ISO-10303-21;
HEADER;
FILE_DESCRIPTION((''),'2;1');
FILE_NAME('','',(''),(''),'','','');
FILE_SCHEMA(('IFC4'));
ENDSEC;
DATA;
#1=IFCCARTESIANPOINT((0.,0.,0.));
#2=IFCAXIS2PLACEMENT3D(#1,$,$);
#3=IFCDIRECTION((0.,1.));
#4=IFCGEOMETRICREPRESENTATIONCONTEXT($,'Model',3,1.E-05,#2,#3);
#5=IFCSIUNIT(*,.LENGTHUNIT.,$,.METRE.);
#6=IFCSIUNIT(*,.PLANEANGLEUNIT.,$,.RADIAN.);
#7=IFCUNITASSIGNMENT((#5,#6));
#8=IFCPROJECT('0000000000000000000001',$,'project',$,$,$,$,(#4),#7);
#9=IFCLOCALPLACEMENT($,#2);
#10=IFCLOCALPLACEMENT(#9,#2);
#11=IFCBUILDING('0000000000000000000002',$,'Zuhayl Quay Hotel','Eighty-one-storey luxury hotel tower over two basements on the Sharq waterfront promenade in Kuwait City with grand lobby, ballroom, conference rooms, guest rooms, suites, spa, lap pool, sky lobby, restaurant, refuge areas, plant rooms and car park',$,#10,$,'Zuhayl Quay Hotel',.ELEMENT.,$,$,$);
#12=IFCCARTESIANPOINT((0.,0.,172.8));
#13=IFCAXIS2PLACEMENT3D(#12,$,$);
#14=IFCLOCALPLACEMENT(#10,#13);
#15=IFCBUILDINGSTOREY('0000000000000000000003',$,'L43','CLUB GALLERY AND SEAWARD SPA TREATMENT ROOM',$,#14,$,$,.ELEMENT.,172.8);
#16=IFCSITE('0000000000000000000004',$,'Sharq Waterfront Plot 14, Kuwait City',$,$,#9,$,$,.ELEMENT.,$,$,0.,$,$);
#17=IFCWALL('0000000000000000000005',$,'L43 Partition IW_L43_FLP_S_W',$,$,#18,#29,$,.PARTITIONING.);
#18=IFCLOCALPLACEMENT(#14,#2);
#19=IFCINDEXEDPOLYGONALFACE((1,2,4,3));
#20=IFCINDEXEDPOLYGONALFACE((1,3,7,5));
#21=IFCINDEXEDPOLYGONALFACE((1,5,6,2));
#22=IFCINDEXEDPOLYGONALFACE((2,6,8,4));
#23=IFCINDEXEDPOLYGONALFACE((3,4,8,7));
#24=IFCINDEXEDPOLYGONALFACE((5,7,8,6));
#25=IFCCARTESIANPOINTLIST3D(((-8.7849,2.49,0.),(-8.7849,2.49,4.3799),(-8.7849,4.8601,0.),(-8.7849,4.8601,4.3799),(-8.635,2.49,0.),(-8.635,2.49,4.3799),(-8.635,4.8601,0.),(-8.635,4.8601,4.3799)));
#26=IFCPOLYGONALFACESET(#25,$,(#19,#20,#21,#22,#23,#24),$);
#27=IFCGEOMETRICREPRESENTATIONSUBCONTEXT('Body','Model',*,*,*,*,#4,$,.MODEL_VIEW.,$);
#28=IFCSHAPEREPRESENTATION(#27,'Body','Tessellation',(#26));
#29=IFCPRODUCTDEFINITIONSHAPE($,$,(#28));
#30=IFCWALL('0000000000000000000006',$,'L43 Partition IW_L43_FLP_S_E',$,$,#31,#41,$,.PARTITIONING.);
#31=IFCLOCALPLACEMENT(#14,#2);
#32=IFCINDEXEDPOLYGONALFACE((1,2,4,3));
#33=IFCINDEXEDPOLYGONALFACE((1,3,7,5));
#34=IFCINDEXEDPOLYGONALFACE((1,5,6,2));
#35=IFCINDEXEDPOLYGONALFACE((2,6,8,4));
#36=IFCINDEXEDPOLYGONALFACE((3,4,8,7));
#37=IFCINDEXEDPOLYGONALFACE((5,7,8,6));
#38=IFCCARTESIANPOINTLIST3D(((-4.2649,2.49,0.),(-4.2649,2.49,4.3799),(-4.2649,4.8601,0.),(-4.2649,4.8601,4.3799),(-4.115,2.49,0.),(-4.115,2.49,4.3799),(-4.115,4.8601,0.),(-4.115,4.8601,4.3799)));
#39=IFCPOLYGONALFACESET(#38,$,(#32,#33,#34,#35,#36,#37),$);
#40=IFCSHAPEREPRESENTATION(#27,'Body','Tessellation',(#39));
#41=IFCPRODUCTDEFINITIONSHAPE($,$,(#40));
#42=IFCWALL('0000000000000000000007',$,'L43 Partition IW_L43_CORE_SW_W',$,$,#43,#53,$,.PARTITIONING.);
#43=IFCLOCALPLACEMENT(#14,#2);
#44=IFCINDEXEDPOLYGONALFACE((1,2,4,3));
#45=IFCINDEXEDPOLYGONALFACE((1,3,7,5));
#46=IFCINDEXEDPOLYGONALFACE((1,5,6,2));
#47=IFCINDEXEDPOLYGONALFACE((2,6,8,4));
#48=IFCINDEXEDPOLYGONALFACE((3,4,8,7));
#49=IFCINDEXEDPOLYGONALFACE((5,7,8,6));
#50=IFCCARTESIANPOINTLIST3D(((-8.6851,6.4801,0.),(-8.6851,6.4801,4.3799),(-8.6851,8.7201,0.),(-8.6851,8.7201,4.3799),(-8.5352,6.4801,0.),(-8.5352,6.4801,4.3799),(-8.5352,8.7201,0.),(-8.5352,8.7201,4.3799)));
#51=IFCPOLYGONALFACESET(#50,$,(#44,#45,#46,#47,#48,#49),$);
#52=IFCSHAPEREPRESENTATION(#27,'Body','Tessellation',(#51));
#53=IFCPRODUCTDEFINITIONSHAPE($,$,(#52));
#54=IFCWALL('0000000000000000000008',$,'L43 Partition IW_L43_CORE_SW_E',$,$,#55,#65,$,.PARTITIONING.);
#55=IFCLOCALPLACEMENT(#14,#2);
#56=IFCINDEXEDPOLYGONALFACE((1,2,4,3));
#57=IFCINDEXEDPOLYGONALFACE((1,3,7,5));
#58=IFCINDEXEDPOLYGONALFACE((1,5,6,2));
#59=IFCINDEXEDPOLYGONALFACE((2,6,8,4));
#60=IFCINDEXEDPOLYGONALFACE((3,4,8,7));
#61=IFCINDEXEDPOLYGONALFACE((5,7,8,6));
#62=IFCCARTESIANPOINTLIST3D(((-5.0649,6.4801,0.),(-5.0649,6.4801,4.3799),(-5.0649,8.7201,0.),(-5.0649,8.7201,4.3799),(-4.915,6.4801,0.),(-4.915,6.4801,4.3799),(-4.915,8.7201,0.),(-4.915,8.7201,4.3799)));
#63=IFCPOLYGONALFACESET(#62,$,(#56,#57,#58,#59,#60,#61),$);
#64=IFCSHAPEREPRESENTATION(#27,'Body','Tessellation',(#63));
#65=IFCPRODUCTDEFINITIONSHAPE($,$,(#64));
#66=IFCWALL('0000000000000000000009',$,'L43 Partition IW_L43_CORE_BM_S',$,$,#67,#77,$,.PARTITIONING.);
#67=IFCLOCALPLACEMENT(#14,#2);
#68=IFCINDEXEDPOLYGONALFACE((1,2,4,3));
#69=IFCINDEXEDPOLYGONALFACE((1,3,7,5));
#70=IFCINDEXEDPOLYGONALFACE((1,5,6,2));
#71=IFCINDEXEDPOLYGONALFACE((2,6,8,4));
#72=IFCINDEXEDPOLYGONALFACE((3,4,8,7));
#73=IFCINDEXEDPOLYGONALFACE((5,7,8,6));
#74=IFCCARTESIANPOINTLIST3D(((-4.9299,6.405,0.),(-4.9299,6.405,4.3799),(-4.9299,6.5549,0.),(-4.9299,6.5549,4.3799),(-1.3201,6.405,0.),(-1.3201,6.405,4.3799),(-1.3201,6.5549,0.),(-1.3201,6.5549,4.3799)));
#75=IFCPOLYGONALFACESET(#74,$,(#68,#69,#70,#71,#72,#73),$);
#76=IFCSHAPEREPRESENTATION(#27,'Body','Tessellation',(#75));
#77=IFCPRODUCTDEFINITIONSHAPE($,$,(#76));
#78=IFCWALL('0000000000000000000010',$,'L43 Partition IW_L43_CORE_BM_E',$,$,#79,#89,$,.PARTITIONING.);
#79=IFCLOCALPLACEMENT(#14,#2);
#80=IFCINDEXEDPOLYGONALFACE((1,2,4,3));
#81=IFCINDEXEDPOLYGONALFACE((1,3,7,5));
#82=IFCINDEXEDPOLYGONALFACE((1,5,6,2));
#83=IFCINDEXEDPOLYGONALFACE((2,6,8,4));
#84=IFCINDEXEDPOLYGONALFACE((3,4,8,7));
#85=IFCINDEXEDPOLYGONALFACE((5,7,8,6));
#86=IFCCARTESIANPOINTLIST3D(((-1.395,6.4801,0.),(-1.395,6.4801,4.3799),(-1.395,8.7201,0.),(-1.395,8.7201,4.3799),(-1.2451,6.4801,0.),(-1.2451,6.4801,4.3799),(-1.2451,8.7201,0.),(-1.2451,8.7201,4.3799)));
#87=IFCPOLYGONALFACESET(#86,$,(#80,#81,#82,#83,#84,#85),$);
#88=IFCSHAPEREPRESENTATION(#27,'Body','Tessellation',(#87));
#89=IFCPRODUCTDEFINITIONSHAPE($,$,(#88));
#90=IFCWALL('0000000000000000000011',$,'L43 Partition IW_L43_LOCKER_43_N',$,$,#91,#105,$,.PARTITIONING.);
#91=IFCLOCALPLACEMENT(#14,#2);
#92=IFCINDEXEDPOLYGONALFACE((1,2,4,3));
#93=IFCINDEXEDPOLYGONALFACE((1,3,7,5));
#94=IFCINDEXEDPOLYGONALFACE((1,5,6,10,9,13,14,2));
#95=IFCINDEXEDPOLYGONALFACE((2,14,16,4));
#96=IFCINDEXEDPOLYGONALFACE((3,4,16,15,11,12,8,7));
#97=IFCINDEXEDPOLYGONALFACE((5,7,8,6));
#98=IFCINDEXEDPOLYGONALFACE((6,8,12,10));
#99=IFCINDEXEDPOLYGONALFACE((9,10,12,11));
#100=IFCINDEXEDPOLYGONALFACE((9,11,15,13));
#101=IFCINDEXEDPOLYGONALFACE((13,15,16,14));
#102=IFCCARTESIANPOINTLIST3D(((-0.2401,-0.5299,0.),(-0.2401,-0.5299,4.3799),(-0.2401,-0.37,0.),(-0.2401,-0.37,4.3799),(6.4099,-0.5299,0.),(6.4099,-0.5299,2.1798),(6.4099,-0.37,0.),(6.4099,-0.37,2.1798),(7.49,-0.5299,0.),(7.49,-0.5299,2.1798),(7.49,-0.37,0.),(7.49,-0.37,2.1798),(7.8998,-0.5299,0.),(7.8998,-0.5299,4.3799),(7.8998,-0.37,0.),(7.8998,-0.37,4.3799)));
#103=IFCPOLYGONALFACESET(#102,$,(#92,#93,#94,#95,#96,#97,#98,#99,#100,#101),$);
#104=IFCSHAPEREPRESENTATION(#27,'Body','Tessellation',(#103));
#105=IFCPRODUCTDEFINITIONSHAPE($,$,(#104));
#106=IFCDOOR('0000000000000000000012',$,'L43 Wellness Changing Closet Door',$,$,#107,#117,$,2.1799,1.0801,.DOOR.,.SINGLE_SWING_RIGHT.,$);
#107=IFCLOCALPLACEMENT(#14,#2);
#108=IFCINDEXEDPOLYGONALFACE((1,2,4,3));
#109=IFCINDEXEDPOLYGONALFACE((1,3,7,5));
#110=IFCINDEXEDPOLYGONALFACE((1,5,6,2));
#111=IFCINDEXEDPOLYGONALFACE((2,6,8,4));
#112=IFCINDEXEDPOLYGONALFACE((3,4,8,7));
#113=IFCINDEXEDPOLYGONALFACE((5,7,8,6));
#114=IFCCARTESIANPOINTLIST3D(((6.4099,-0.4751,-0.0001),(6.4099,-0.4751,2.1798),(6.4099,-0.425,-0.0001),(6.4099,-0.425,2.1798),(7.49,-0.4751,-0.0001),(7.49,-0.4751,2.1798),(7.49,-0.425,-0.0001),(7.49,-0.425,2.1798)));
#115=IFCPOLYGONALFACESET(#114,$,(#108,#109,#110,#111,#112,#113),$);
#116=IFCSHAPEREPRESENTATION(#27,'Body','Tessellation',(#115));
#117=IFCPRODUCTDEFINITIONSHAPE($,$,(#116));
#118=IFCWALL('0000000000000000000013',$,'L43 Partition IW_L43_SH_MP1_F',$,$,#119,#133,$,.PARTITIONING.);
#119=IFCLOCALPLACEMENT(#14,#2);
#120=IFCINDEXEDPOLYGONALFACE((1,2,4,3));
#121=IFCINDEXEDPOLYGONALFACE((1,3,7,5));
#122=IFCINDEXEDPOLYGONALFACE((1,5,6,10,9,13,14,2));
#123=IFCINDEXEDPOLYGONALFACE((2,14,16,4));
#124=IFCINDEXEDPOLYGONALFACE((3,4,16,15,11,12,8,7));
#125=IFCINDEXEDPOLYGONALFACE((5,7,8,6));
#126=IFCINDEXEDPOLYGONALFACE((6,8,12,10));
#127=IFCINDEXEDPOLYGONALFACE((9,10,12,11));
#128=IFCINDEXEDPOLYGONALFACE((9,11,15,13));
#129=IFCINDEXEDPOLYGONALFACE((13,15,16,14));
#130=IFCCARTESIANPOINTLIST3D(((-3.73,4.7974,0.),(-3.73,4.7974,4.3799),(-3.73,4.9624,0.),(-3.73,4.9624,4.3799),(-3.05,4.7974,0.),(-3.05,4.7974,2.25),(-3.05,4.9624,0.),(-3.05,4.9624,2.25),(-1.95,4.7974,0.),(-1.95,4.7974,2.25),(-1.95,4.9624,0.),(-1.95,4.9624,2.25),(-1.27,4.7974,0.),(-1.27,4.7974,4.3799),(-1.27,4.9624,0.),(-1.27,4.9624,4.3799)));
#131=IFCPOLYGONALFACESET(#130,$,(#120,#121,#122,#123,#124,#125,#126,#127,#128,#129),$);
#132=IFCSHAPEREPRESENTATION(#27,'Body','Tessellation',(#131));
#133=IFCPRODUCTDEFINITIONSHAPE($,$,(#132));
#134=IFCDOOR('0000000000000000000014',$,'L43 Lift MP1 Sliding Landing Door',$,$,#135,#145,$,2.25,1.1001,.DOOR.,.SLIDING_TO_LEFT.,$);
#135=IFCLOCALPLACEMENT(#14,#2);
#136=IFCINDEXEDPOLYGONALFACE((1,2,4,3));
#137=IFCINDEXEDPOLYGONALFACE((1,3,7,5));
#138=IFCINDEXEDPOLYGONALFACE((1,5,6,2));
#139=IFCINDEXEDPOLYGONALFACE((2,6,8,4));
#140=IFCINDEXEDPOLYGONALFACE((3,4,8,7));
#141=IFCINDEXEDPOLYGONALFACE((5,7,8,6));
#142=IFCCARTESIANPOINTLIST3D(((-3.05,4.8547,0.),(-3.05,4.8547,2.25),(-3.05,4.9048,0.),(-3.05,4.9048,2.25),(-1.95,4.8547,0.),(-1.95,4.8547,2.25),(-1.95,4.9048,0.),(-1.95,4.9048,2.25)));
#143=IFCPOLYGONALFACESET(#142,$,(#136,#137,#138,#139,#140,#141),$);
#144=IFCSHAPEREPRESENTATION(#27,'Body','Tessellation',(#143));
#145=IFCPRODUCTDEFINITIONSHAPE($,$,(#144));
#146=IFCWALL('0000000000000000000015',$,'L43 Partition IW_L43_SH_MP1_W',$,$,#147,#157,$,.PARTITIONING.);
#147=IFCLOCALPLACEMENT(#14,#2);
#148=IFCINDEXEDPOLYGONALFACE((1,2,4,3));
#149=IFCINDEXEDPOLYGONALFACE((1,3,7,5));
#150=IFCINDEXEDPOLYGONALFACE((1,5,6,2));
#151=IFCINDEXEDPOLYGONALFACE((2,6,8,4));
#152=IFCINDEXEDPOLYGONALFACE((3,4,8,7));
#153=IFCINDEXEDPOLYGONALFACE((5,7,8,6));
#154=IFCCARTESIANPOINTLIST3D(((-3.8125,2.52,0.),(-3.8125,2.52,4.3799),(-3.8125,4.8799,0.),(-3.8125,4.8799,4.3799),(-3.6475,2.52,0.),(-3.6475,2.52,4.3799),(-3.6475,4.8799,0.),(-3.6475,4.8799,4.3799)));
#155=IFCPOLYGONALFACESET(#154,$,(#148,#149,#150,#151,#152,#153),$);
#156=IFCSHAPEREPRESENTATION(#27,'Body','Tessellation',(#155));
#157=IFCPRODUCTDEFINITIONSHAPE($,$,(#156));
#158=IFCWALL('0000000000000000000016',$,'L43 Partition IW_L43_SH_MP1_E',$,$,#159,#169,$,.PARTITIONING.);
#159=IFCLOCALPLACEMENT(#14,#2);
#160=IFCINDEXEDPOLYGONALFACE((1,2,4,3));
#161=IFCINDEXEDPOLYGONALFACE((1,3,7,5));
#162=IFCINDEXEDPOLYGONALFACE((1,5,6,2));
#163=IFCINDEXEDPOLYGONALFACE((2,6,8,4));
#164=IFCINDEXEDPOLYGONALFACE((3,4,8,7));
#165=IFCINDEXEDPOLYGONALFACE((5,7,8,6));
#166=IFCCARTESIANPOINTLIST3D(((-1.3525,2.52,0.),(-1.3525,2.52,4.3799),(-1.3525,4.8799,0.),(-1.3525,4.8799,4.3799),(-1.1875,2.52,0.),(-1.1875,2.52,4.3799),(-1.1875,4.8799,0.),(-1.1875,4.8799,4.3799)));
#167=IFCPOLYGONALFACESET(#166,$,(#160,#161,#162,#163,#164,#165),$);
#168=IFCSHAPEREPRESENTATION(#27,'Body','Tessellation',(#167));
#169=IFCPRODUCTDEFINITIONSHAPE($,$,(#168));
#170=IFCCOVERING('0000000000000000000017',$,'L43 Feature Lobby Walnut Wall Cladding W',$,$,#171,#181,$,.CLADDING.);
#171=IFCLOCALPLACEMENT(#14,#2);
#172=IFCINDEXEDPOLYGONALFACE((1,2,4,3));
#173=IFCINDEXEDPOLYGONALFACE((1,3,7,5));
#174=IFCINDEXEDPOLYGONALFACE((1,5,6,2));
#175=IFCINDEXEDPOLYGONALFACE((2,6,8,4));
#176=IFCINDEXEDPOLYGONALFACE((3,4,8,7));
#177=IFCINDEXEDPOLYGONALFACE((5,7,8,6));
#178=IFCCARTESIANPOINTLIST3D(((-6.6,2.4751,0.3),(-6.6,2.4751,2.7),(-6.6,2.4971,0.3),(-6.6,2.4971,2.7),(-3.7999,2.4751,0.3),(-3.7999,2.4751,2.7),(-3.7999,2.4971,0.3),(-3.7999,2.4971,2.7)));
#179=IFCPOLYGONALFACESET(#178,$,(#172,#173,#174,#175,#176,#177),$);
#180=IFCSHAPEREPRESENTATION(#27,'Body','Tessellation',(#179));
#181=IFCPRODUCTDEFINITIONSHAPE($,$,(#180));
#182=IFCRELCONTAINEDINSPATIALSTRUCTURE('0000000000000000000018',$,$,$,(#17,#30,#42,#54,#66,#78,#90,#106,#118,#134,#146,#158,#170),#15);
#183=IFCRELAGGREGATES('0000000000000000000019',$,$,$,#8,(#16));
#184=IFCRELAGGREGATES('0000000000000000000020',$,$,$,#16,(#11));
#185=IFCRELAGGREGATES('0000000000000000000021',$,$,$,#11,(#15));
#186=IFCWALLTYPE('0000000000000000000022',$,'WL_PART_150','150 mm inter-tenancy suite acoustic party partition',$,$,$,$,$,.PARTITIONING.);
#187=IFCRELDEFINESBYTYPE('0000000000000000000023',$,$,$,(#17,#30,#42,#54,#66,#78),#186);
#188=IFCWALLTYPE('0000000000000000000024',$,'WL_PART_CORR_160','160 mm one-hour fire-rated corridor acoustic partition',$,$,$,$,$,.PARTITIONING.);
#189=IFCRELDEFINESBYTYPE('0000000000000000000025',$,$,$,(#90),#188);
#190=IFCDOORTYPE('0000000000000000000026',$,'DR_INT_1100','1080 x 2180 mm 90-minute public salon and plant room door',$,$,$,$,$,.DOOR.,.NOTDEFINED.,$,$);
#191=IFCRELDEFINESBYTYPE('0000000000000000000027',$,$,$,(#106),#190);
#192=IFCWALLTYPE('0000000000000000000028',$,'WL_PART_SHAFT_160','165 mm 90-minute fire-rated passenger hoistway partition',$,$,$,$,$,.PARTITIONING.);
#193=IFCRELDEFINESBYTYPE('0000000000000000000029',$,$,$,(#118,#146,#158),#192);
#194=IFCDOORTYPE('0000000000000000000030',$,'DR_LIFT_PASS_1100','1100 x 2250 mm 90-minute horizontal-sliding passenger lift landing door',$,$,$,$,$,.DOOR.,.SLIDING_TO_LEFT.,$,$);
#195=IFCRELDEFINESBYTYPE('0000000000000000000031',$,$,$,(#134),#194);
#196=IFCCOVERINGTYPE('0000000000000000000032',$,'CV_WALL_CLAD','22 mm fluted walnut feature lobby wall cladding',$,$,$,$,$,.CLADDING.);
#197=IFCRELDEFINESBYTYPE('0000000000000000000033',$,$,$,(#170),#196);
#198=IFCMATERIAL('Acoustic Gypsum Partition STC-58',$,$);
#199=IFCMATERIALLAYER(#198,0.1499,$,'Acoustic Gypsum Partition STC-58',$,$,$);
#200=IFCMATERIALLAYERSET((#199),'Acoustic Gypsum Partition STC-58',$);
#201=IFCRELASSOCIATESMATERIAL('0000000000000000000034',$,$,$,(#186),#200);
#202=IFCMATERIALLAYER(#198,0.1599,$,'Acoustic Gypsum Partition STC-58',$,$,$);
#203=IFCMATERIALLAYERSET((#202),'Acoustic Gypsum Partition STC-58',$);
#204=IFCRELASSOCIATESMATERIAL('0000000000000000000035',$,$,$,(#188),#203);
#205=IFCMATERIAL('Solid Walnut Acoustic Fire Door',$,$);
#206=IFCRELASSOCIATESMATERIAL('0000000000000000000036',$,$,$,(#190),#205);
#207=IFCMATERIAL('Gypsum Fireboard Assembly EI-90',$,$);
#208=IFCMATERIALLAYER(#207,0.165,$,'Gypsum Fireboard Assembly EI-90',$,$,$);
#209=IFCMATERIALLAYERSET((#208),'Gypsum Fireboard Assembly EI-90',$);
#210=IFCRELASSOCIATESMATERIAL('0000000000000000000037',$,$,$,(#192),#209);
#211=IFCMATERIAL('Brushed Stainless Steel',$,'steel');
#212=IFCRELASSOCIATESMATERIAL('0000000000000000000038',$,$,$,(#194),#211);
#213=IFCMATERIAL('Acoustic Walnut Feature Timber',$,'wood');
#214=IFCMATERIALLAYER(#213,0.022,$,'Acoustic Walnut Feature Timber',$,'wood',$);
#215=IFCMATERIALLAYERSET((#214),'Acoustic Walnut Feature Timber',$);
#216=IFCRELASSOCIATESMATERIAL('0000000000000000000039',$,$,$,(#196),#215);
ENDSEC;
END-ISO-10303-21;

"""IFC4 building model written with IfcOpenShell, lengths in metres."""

from ifc_helpers import new_model, si_unit, direction, frame, frame_2d, origin, origin_2d, place, context, subcontext, project, spatial, rectangle, extrude, material, layer, layer_set, type_object, element, fill, save


model = new_model("IFC4")

# Units and contexts
model_context = context("Model", 3, precision=1e-05, world=origin(), true_north=direction((0.0, 1.0)))
body_context = subcontext(model_context, "Body", "Model", "MODEL_VIEW")
ifc_project = project(units=[si_unit("LENGTHUNIT", "METRE"), si_unit("PLANEANGLEUNIT", "RADIAN")], contexts=[model_context])

# Site, building, storey
site_placement = place(None, origin())
site = spatial("IfcSite", under=ifc_project, at=site_placement, Name="Sharq Waterfront Plot 14, Kuwait City", CompositionType="ELEMENT", RefElevation=0.0)
building_placement = place(site_placement, origin())
building = spatial("IfcBuilding", under=site, at=building_placement, Name="Zuhayl Quay Hotel", Description="Eighty-one-storey luxury hotel tower over two basements on the Sharq waterfront promenade in Kuwait City with grand lobby, ballroom, conference rooms, guest rooms, suites, spa, lap pool, sky lobby, restaurant, refuge areas, plant rooms and car park", LongName="Zuhayl Quay Hotel", CompositionType="ELEMENT")
storey_placement = place(building_placement, frame((0.0, 0.0, 172.8)))
storey = spatial("IfcBuildingStorey", under=building, at=storey_placement, Name="L43", Description="CLUB GALLERY AND SEAWARD SPA TREATMENT ROOM", CompositionType="ELEMENT", Elevation=172.8)

# Shared definitions
ifc_material_1 = material(Name="Acoustic Gypsum Partition STC-58")
ifc_layer_1 = layer(ifc_material_1, 0.1499, Name="Acoustic Gypsum Partition STC-58")
ifc_layer_set_1 = layer_set([ifc_layer_1], Name="Acoustic Gypsum Partition STC-58")
wall_type_1 = type_object("IfcWallType", Name="WL_PART_150", Description="150 mm inter-tenancy suite acoustic party partition", PredefinedType="PARTITIONING", material=ifc_layer_set_1)

# Walls
for number, where, z_axis, x_axis, name in (
    (1, (-8.71, 2.49, 0.0), (0.0, 0.0, 1.0), (0.0, 1.0, 0.0), "L43 Partition IW_L43_FLP_S_W"),
    (2, (-4.1899, 2.49, 0.0), (0.0, 0.0, 1.0), (0.0, 1.0, 0.0), "L43 Partition IW_L43_FLP_S_E"),
):
    element("IfcWall", number, at=place(storey_placement, frame(where, z_axis=z_axis, x_axis=x_axis)), inside=storey, type_object=wall_type_1, Name=name, PredefinedType="PARTITIONING", context=body_context, shape_type="SweptSolid", body=[
        extrude(rectangle(XDim=2.3701, YDim=0.1499, at=frame_2d((1.1851, 0.0))), origin(), (0.0, 0.0, 1.0), 4.3799),
    ])
for number, where, z_axis, x_axis, name in (
    (3, (-8.6101, 6.48, 0.0), (0.0, 0.0, 1.0), (0.0, 1.0, 0.0), "L43 Partition IW_L43_CORE_SW_W"),
    (4, (-4.99, 6.48, 0.0), (0.0, 0.0, 1.0), (0.0, 1.0, 0.0), "L43 Partition IW_L43_CORE_SW_E"),
):
    element("IfcWall", number, at=place(storey_placement, frame(where, z_axis=z_axis, x_axis=x_axis)), inside=storey, type_object=wall_type_1, Name=name, PredefinedType="PARTITIONING", context=body_context, shape_type="SweptSolid", body=[
        extrude(rectangle(XDim=2.24, YDim=0.1499, at=frame_2d((1.1201, 0.0))), origin(), (0.0, 0.0, 1.0), 4.3799),
    ])
wall_1_placement = place(storey_placement, frame((-4.9299, 6.48, 0.0), z_axis=(0.0, 0.0, 1.0), x_axis=(1.0, 0.0, 0.0)))
element("IfcWall", 5, at=wall_1_placement, inside=storey, type_object=wall_type_1, Name="L43 Partition IW_L43_CORE_BM_S", PredefinedType="PARTITIONING", context=body_context, shape_type="SweptSolid", body=[
    extrude(rectangle(XDim=3.6099, YDim=0.1499, at=frame_2d((1.8049, 0.0))), origin(), (0.0, 0.0, 1.0), 4.3799),
])
wall_2_placement = place(storey_placement, frame((-1.3201, 6.48, 0.0), z_axis=(0.0, 0.0, 1.0), x_axis=(0.0, 1.0, 0.0)))
element("IfcWall", 6, at=wall_2_placement, inside=storey, type_object=wall_type_1, Name="L43 Partition IW_L43_CORE_BM_E", PredefinedType="PARTITIONING", context=body_context, shape_type="SweptSolid", body=[
    extrude(rectangle(XDim=2.24, YDim=0.1499, at=frame_2d((1.1201, 0.0))), origin(), (0.0, 0.0, 1.0), 4.3799),
])

# Walls, openings, doors
ifc_layer_2 = layer(ifc_material_1, 0.1599, Name="Acoustic Gypsum Partition STC-58")
ifc_layer_set_2 = layer_set([ifc_layer_2], Name="Acoustic Gypsum Partition STC-58")
wall_type_2 = type_object("IfcWallType", Name="WL_PART_CORR_160", Description="160 mm one-hour fire-rated corridor acoustic partition", PredefinedType="PARTITIONING", material=ifc_layer_set_2)
wall_3_placement = place(storey_placement, frame((-0.24, -0.45, 0.0), z_axis=(0.0, 0.0, 1.0), x_axis=(1.0, 0.0, 0.0)))
wall_3 = element("IfcWall", 7, at=wall_3_placement, inside=storey, type_object=wall_type_2, Name="L43 Partition IW_L43_LOCKER_43_N", PredefinedType="PARTITIONING", context=body_context, shape_type="SweptSolid", body=[
    extrude(rectangle(XDim=8.1399, YDim=0.1599, at=frame_2d((4.0698, 0.0))), origin(), (0.0, 0.0, 1.0), 4.3799),
])
opening_1_placement = place(wall_3_placement, frame((6.6499, 0.0, 0.0)))
opening_1 = element("IfcOpeningElement", 8, at=opening_1_placement, cuts=wall_3, PredefinedType="OPENING", context=body_context, shape_type="SweptSolid", body=[
    extrude(rectangle(XDim=1.0801, YDim=2.1799, at=frame_2d((0.54, 1.0898))), frame((0.0, 0.0898, 0.0), z_axis=(0.0, -1.0, 0.0), x_axis=(1.0, 0.0, 0.0)), (0.0, 0.0, 1.0), 0.1799),
])
ifc_material_2 = material(Name="Solid Walnut Acoustic Fire Door")
door_type_1 = type_object("IfcDoorType", Name="DR_INT_1100", Description="1080 x 2180 mm 90-minute public salon and plant room door", OperationType="NOTDEFINED", PredefinedType="DOOR", material=ifc_material_2)
door_1_placement = place(opening_1_placement, origin())
door_1 = element("IfcDoor", 9, at=door_1_placement, inside=storey, type_object=door_type_1, Name="L43 Wellness Changing Closet Door", OperationType="SINGLE_SWING_RIGHT", OverallHeight=2.1799, OverallWidth=1.0801, PredefinedType="DOOR", context=body_context, shape_type="SweptSolid", body=[
    extrude(rectangle(XDim=1.0801, YDim=2.1799, at=frame_2d((0.54, 1.0898))), frame((0.0, 0.0249, 0.0), z_axis=(0.0, -1.0, 0.0), x_axis=(1.0, 0.0, 0.0)), (0.0, 0.0, 1.0), 0.05),
])
fill(opening_1, door_1)
ifc_material_3 = material(Name="Gypsum Fireboard Assembly EI-90")
ifc_layer_3 = layer(ifc_material_3, 0.165, Name="Gypsum Fireboard Assembly EI-90")
ifc_layer_set_3 = layer_set([ifc_layer_3], Name="Gypsum Fireboard Assembly EI-90")
wall_type_3 = type_object("IfcWallType", Name="WL_PART_SHAFT_160", Description="165 mm 90-minute fire-rated passenger hoistway partition", PredefinedType="PARTITIONING", material=ifc_layer_set_3)
wall_4_placement = place(storey_placement, frame((-3.73, 4.8799, 0.0), z_axis=(0.0, 0.0, 1.0), x_axis=(1.0, 0.0, 0.0)))
wall_4 = element("IfcWall", 10, at=wall_4_placement, inside=storey, type_object=wall_type_3, Name="L43 Partition IW_L43_SH_MP1_F", PredefinedType="PARTITIONING", context=body_context, shape_type="SweptSolid", body=[
    extrude(rectangle(XDim=2.46, YDim=0.165, at=frame_2d((1.23, 0.0))), origin(), (0.0, 0.0, 1.0), 4.3799),
])
opening_2_placement = place(wall_4_placement, frame((0.6799, 0.0, 0.0)))
opening_2 = element("IfcOpeningElement", 11, at=opening_2_placement, cuts=wall_4, PredefinedType="OPENING", context=body_context, shape_type="SweptSolid", body=[
    extrude(rectangle(XDim=1.1001, YDim=2.25, at=frame_2d((0.55, 1.125))), frame((0.0, 0.0925, 0.0), z_axis=(0.0, -1.0, 0.0), x_axis=(1.0, 0.0, 0.0)), (0.0, 0.0, 1.0), 0.1851),
])
ifc_material_4 = material(Name="Brushed Stainless Steel", Category="steel")
door_type_2 = type_object("IfcDoorType", Name="DR_LIFT_PASS_1100", Description="1100 x 2250 mm 90-minute horizontal-sliding passenger lift landing door", OperationType="SLIDING_TO_LEFT", PredefinedType="DOOR", material=ifc_material_4)
door_2_placement = place(opening_2_placement, origin())
door_2 = element("IfcDoor", 12, at=door_2_placement, inside=storey, type_object=door_type_2, Name="L43 Lift MP1 Sliding Landing Door", OperationType="SLIDING_TO_LEFT", OverallHeight=2.25, OverallWidth=1.1001, PredefinedType="DOOR", context=body_context, shape_type="SweptSolid", body=[
    extrude(rectangle(XDim=1.1001, YDim=2.25, at=frame_2d((0.55, 1.125))), frame((0.0, 0.0249, 0.0), z_axis=(0.0, -1.0, 0.0), x_axis=(1.0, 0.0, 0.0)), (0.0, 0.0, 1.0), 0.05),
])
fill(opening_2, door_2)

# Walls
for number, where, z_axis, x_axis, name in (
    (13, (-3.73, 2.52, 0.0), (0.0, 0.0, 1.0), (0.0, 1.0, 0.0), "L43 Partition IW_L43_SH_MP1_W"),
    (14, (-1.27, 2.52, 0.0), (0.0, 0.0, 1.0), (0.0, 1.0, 0.0), "L43 Partition IW_L43_SH_MP1_E"),
):
    element("IfcWall", number, at=place(storey_placement, frame(where, z_axis=z_axis, x_axis=x_axis)), inside=storey, type_object=wall_type_3, Name=name, PredefinedType="PARTITIONING", context=body_context, shape_type="SweptSolid", body=[
        extrude(rectangle(XDim=2.3599, YDim=0.165, at=frame_2d((1.1799, 0.0))), origin(), (0.0, 0.0, 1.0), 4.3799),
    ])

# Covering
ifc_material_5 = material(Name="Acoustic Walnut Feature Timber", Category="wood")
ifc_layer_4 = layer(ifc_material_5, 0.022, Name="Acoustic Walnut Feature Timber", Category="wood")
ifc_layer_set_4 = layer_set([ifc_layer_4], Name="Acoustic Walnut Feature Timber")
covering_type = type_object("IfcCoveringType", Name="CV_WALL_CLAD", Description="22 mm fluted walnut feature lobby wall cladding", PredefinedType="CLADDING", material=ifc_layer_set_4)
covering_placement = place(storey_placement, frame((-5.2, 2.4861, 0.3), z_axis=(0.0, 0.0, 1.0), x_axis=(1.0, 0.0, 0.0)))
element("IfcCovering", 15, at=covering_placement, inside=storey, type_object=covering_type, Name="L43 Feature Lobby Walnut Wall Cladding W", PredefinedType="CLADDING", context=body_context, shape_type="SweptSolid", body=[
    extrude(rectangle(XDim=2.8, YDim=0.022, at=origin_2d()), origin(), (0.0, 0.0, 1.0), 2.3999),
])

save(model, "model.ifc")
